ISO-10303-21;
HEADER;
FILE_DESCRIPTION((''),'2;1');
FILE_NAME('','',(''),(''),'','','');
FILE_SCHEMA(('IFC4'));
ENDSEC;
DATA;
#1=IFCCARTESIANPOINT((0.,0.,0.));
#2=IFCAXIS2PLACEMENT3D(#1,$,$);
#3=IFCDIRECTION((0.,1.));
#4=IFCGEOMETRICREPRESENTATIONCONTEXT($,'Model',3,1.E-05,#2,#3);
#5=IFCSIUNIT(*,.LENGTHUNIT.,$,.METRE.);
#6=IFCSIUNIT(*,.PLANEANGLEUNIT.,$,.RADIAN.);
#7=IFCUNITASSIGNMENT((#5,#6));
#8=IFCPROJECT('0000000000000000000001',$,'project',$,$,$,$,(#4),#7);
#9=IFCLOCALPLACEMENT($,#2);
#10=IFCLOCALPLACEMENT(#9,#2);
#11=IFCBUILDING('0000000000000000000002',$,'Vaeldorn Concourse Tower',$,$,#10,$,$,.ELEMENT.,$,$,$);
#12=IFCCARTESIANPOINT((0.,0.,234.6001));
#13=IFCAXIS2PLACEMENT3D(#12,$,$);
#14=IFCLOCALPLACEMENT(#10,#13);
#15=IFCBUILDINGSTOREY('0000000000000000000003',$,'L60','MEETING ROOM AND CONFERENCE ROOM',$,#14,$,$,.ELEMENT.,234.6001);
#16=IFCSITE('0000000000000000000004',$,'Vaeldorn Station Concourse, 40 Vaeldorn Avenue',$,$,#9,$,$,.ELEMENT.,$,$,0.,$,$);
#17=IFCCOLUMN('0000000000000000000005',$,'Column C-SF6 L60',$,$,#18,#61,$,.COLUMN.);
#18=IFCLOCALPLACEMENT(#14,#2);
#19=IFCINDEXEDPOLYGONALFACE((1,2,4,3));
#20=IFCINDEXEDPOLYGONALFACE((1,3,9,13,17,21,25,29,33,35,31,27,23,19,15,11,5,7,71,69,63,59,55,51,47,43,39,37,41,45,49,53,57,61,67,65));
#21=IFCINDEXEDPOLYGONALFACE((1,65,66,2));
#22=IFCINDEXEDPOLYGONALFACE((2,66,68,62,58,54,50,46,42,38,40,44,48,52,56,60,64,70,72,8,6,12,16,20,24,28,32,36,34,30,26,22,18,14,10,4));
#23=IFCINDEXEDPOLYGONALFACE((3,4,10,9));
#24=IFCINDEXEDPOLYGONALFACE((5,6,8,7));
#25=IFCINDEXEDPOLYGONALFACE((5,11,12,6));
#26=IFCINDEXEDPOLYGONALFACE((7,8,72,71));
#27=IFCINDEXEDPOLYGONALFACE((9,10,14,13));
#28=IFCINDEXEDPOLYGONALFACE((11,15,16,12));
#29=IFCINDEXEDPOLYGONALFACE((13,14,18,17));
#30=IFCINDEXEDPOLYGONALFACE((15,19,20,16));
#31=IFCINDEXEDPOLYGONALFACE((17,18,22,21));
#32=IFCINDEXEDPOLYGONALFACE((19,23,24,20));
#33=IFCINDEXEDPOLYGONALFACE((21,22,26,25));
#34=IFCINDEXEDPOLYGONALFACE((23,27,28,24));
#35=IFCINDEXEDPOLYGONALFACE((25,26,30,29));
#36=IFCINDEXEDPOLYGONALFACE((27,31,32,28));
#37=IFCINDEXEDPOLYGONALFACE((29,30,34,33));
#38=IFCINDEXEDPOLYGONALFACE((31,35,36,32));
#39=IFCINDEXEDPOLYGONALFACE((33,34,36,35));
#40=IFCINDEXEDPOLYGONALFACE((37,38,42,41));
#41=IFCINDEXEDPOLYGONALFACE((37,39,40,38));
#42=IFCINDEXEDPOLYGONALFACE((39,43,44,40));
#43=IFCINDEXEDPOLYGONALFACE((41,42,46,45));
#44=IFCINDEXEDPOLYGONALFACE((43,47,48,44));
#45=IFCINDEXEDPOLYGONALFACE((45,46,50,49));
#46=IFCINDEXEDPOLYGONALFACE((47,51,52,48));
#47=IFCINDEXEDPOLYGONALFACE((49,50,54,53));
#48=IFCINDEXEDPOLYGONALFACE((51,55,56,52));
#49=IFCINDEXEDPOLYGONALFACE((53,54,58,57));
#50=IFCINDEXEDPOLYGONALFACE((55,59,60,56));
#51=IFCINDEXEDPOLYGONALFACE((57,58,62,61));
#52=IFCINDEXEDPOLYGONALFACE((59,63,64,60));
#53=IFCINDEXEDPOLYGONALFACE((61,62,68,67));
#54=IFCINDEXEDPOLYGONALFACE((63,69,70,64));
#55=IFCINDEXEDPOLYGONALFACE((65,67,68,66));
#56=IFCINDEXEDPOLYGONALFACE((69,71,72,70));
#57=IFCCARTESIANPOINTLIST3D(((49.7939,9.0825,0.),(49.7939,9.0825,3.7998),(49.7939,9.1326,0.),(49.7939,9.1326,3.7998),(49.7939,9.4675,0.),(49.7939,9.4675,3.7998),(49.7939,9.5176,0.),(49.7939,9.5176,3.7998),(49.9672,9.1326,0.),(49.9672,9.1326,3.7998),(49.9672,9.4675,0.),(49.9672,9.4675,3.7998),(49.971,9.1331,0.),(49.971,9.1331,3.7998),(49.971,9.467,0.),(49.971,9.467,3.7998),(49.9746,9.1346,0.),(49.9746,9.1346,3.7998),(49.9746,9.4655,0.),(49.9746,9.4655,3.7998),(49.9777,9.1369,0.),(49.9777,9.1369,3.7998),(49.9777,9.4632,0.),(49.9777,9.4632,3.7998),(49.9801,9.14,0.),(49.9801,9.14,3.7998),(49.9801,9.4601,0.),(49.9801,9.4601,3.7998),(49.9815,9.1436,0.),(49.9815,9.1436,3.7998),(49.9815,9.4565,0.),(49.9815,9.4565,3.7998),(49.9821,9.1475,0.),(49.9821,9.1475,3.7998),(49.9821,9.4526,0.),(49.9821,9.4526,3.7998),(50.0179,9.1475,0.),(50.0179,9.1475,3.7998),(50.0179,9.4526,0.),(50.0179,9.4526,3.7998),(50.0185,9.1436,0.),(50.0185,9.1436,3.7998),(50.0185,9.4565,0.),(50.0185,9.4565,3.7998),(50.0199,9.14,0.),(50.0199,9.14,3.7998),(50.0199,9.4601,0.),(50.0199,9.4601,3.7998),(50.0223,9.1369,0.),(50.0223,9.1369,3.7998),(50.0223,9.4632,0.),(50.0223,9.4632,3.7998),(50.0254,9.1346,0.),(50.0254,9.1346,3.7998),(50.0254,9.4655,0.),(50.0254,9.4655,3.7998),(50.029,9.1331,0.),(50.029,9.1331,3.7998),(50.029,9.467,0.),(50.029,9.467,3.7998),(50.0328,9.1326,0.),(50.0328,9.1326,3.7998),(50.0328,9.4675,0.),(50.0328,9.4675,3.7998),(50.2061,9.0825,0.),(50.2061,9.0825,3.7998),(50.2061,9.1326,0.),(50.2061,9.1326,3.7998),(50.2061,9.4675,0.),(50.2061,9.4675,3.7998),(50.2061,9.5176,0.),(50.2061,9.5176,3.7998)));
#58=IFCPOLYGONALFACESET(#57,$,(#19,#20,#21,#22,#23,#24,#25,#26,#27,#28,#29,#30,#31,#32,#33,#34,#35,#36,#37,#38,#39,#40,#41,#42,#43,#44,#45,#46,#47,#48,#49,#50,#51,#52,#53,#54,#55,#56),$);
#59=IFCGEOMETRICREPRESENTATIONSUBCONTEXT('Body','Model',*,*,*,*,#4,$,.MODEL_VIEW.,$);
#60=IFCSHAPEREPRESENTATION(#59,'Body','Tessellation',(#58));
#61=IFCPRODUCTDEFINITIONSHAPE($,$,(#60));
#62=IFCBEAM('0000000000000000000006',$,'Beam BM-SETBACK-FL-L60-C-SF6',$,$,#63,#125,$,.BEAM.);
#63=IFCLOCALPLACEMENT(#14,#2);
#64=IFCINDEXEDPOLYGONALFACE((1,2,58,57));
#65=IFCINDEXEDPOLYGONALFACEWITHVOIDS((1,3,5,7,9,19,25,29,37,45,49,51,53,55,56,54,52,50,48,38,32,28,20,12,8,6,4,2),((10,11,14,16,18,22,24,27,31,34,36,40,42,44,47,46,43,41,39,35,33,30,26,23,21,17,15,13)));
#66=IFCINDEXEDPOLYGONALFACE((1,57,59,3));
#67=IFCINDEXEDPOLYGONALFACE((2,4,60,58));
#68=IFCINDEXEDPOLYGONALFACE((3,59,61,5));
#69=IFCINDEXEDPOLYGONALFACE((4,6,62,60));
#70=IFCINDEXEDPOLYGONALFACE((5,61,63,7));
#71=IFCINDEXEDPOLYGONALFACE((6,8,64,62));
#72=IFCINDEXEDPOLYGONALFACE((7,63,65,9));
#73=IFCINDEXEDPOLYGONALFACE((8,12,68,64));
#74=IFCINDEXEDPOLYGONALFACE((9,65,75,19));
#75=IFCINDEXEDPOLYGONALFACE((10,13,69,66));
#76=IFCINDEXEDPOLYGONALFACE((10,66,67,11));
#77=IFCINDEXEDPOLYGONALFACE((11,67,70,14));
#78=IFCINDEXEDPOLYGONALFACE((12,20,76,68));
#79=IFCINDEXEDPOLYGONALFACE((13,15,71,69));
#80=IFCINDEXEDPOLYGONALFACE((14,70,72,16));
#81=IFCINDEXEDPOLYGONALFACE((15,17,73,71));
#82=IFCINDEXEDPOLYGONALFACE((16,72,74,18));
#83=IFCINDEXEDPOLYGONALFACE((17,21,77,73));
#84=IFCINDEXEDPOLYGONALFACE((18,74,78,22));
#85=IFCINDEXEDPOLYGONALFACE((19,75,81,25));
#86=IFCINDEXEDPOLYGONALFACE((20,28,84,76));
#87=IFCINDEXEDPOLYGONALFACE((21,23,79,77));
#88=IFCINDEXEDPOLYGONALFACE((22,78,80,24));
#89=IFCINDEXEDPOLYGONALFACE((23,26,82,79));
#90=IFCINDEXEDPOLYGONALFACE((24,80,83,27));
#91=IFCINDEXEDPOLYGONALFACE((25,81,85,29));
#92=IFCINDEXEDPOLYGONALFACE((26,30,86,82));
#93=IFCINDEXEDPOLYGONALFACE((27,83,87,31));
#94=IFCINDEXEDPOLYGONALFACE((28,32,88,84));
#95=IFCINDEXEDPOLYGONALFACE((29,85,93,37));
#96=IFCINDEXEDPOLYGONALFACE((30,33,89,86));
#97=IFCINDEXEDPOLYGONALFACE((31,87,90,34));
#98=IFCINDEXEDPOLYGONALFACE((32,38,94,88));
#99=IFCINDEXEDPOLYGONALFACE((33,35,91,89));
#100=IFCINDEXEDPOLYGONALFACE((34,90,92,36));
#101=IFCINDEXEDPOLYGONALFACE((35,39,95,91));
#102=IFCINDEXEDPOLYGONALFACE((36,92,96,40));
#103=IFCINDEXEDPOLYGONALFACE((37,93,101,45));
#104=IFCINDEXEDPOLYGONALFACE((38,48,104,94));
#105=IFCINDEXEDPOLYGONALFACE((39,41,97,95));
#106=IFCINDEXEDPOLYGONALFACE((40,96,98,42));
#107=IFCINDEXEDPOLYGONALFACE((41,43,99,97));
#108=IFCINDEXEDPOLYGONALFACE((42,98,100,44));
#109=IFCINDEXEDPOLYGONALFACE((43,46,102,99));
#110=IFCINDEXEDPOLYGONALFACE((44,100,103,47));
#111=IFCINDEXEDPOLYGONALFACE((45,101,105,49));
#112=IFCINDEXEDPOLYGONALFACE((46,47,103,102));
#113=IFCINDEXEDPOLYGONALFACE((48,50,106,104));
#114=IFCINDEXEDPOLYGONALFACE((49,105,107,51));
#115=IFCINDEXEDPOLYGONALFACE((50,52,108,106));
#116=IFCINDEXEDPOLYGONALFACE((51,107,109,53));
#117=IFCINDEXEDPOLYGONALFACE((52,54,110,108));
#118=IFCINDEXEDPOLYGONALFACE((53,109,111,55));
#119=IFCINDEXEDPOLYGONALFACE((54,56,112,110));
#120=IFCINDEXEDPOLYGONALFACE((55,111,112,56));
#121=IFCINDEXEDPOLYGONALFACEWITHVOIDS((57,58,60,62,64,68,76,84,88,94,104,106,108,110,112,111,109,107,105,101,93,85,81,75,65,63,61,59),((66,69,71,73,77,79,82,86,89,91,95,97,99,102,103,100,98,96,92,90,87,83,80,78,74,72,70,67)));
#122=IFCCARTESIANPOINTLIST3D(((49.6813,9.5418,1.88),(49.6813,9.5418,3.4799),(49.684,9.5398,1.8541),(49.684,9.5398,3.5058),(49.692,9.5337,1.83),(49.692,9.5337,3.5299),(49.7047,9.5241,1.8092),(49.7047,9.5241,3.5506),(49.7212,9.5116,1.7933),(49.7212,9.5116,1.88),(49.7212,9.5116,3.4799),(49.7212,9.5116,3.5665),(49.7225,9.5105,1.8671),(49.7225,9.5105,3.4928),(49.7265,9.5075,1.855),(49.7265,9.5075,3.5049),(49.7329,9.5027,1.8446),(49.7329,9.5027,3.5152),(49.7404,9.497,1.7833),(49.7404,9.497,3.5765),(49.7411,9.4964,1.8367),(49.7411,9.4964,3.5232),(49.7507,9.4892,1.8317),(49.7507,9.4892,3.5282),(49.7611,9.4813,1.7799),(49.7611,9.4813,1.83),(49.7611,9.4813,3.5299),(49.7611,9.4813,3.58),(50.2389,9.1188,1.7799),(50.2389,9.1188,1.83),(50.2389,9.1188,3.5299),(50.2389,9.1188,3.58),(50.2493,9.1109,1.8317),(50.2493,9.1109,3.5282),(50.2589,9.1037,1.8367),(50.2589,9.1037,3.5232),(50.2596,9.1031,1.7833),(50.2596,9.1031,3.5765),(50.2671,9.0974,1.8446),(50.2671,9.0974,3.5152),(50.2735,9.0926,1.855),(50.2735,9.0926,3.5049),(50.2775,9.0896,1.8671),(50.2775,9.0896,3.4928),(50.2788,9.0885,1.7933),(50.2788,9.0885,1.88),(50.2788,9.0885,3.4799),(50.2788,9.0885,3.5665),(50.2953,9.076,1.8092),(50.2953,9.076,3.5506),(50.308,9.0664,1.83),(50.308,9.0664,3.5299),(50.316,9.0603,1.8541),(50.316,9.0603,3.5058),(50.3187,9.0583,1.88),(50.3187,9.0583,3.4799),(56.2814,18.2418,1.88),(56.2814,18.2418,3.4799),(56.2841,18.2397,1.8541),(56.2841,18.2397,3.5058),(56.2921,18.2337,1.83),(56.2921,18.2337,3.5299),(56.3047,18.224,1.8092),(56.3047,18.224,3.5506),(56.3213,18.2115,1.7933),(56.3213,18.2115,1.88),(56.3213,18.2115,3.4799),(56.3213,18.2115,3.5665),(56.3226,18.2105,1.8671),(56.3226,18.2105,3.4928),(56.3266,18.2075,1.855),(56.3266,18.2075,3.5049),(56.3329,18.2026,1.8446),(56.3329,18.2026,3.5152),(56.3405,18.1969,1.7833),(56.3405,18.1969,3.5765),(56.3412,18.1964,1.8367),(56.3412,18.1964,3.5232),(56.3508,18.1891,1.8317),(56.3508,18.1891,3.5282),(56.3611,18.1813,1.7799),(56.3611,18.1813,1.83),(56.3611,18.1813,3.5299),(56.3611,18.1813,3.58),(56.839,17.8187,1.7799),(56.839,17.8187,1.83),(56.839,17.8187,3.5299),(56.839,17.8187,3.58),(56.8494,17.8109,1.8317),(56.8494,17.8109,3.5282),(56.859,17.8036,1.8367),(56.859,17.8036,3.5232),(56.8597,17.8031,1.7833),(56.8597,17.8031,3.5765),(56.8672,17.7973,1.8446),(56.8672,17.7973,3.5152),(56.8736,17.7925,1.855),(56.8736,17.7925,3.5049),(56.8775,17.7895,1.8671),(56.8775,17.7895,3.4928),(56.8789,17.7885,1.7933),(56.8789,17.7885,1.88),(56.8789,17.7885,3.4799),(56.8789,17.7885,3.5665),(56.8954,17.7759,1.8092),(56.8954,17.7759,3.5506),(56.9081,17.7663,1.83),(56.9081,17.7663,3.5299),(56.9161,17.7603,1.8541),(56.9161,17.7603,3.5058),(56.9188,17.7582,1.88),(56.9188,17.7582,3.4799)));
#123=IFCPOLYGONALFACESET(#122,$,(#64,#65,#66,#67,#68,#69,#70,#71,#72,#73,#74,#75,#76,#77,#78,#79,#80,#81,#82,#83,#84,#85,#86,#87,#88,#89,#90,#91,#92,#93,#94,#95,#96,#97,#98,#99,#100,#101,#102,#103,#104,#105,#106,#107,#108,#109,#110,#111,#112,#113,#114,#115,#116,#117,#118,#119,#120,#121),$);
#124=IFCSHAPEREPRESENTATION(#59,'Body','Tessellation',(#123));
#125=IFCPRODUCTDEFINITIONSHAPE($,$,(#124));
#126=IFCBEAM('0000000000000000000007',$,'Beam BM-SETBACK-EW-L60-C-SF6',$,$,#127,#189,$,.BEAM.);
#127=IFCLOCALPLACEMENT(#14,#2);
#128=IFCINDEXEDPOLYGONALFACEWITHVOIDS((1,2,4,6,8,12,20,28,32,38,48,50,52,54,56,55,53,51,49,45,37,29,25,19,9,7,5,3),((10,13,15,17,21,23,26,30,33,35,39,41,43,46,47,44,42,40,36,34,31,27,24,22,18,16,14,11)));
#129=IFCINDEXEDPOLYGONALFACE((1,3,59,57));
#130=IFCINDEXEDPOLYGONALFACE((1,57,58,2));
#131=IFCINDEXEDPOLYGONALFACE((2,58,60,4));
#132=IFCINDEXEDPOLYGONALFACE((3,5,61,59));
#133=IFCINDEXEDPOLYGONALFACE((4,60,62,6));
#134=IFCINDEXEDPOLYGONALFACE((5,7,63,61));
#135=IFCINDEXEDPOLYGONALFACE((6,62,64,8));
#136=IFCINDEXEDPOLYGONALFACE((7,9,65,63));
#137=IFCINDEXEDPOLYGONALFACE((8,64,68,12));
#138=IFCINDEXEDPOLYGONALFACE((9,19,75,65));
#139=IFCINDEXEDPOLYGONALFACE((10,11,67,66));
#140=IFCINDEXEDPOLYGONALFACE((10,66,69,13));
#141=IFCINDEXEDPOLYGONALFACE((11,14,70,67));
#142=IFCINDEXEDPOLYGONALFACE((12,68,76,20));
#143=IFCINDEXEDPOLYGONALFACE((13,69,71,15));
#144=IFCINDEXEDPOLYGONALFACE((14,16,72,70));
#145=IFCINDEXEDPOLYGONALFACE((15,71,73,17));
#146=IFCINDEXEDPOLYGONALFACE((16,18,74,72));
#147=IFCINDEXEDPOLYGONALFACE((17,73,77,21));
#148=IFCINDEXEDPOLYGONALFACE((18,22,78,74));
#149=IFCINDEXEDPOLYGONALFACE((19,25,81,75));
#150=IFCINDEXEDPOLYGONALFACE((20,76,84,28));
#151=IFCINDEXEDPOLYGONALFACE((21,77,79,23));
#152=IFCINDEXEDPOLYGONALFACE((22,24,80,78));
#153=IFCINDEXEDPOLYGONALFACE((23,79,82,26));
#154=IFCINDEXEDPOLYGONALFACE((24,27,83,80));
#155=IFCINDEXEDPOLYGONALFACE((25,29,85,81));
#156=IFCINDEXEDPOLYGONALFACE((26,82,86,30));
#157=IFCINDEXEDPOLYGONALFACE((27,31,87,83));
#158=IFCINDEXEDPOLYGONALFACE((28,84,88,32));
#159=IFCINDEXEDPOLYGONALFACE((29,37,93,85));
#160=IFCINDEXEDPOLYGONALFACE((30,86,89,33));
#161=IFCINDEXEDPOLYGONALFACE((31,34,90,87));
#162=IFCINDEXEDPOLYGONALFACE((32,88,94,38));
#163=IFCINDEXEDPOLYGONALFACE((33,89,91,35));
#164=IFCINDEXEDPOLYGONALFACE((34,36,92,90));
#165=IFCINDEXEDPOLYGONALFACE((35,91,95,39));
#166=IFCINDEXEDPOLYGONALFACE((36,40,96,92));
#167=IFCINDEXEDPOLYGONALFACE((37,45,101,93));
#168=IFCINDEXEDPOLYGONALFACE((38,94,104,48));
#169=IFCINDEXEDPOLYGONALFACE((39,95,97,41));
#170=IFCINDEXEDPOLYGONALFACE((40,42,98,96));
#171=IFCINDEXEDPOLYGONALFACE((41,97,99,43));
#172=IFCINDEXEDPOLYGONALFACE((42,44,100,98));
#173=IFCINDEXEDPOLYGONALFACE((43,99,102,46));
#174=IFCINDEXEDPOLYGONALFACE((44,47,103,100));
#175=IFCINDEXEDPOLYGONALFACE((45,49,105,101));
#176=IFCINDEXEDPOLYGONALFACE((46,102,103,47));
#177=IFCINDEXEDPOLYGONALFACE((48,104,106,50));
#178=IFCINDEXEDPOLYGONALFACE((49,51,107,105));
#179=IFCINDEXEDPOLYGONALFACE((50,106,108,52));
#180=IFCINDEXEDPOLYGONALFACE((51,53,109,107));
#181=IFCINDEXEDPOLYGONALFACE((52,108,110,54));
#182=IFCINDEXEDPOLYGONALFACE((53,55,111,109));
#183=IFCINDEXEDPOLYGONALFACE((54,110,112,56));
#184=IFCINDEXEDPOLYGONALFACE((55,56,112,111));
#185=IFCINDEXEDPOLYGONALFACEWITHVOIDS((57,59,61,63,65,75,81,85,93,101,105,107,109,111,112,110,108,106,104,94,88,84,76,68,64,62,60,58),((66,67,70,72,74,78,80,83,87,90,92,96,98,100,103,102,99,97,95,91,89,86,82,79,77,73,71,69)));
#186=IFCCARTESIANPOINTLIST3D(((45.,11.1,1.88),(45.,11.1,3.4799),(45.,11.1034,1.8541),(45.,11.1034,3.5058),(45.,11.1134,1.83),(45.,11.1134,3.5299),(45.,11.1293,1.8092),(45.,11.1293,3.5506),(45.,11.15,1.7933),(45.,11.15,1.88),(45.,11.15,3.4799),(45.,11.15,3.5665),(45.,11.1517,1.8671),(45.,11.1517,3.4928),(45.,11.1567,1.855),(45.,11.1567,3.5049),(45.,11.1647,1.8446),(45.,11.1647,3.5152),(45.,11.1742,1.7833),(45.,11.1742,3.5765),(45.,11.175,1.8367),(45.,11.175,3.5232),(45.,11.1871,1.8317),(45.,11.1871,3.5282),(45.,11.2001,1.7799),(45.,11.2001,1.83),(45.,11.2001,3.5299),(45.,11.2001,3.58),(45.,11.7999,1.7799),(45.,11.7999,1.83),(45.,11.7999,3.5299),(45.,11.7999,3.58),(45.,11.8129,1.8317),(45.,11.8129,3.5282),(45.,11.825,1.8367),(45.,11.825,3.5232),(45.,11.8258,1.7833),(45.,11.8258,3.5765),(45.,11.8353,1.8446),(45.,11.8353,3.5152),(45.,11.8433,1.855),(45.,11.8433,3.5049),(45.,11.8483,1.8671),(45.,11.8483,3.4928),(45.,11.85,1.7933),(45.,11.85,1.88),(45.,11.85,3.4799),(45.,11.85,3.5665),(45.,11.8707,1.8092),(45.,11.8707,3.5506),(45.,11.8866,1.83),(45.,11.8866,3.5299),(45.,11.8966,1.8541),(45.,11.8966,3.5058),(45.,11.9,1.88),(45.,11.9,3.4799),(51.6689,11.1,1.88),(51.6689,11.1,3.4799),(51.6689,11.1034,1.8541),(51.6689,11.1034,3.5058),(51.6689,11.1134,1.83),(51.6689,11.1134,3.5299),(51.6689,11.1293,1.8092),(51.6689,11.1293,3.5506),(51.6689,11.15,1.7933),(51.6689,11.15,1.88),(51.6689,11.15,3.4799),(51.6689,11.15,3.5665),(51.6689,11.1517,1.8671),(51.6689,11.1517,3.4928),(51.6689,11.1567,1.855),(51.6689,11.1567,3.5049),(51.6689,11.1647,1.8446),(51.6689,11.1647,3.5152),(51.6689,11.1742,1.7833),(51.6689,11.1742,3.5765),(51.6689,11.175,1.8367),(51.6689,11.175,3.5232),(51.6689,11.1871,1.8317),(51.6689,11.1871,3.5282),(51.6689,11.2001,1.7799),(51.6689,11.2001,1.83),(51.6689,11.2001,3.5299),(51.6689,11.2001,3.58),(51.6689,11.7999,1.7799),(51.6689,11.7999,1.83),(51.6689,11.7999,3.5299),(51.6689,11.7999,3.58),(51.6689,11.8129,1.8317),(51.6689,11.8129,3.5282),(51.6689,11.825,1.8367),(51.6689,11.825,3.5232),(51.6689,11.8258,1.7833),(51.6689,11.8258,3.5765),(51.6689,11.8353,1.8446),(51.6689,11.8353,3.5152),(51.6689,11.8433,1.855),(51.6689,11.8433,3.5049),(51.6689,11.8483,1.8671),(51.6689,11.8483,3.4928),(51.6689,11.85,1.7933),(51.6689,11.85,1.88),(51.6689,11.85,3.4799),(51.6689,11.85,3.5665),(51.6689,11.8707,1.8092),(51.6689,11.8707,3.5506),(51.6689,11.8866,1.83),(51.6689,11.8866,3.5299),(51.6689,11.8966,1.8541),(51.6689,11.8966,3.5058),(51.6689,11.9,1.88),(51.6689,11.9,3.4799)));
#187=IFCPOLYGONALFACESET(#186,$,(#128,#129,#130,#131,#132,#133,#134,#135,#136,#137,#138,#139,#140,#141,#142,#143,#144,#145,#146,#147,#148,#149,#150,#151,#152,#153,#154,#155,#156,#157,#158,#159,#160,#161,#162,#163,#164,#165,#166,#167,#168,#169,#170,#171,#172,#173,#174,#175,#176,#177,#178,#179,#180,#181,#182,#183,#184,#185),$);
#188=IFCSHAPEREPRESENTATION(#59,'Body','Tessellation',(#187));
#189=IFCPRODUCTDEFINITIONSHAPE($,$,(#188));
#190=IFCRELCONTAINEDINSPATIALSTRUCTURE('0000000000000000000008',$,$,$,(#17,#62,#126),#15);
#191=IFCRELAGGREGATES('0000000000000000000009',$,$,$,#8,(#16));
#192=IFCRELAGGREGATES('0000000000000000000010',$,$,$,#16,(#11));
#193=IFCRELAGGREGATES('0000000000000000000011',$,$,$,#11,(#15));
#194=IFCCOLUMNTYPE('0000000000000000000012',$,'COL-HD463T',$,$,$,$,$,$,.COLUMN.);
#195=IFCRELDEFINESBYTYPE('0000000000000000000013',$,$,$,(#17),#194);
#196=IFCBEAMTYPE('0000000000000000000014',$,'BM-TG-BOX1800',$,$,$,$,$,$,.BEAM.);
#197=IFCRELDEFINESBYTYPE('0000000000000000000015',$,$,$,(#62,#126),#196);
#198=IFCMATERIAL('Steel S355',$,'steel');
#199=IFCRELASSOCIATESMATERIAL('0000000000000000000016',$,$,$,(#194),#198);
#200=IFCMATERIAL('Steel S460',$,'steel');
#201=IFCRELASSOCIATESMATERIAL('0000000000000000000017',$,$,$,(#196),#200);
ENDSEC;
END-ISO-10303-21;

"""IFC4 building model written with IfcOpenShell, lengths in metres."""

from ifc_helpers import new_model, si_unit, direction, frame, origin, origin_2d, place, context, subcontext, project, spatial, hollow_rectangle, i_section, extrude, source, transform, mapped, material, material_profile, profile_set, type_object, element, save


model = new_model("IFC4")

# Units and contexts
model_context = context("Model", 3, precision=1e-05, world=origin(), true_north=direction((0.0, 1.0)))
body_context = subcontext(model_context, "Body", "Model", "MODEL_VIEW")
ifc_project = project(units=[si_unit("LENGTHUNIT", "METRE"), si_unit("PLANEANGLEUNIT", "RADIAN")], contexts=[model_context])

# Site, building, storey
site_placement = place(None, origin())
site = spatial("IfcSite", under=ifc_project, at=site_placement, Name="Vaeldorn Station Concourse, 40 Vaeldorn Avenue", CompositionType="ELEMENT", RefElevation=0.0)
building_placement = place(site_placement, origin())
building = spatial("IfcBuilding", under=site, at=building_placement, Name="Vaeldorn Concourse Tower", CompositionType="ELEMENT")
storey_placement = place(building_placement, frame((0.0, 0.0, 234.6001)))
storey = spatial("IfcBuildingStorey", under=building, at=storey_placement, Name="L60", Description="MEETING ROOM AND CONFERENCE ROOM", CompositionType="ELEMENT", Elevation=234.6001)

# Column
ifc_material_1 = material(Name="Steel S355", Category="steel")
ifc_material_profile_1 = material_profile(ifc_material_1, i_section(OverallWidth=0.4121, OverallDepth=0.4351, WebThickness=0.0359, FlangeThickness=0.05, FilletRadius=0.0149, at=origin_2d()), Name="HD 400x463")
ifc_profile_set_1 = profile_set([ifc_material_profile_1], Name="Steel S355")
column_type = type_object("IfcColumnType", Name="COL-HD463T", PredefinedType="COLUMN", material=ifc_profile_set_1)
shared_shape_1 = source(origin(), body_context, "Body", "SweptSolid", [
    extrude(i_section(OverallWidth=0.4121, OverallDepth=0.4351, WebThickness=0.0359, FlangeThickness=0.05, FilletRadius=0.0149, at=origin_2d()), origin(), (0.0, 0.0, 1.0), 3.7998),
])
column_placement = place(storey_placement, frame((50.0, 9.3, 0.0), z_axis=(0.0, 0.0, 1.0), x_axis=(1.0, 0.0, 0.0)))
element("IfcColumn", 1, at=column_placement, inside=storey, type_object=column_type, Name="Column C-SF6 L60", PredefinedType="COLUMN", context=body_context, shape_type="MappedRepresentation", body=[
    mapped(shared_shape_1, transform((0.0, 0.0, 0.0), scale=1.0)),
])

# Beams
ifc_material_2 = material(Name="Steel S460", Category="steel")
ifc_material_profile_2 = material_profile(ifc_material_2, hollow_rectangle(XDim=0.8, YDim=1.8, WallThickness=0.05, InnerFilletRadius=0.05, OuterFilletRadius=0.1001, at=origin_2d()), Name="RHS 1800x800x50")
ifc_profile_set_2 = profile_set([ifc_material_profile_2], Name="Steel S460")
beam_type = type_object("IfcBeamType", Name="BM-TG-BOX1800", PredefinedType="BEAM", material=ifc_profile_set_2)
shared_shape_2 = source(origin(), body_context, "Body", "SweptSolid", [
    extrude(hollow_rectangle(XDim=0.8, YDim=1.8, WallThickness=0.05, InnerFilletRadius=0.05, OuterFilletRadius=0.1001, at=origin_2d()), origin(), (0.0, 0.0, 1.0), 10.9202),
])
beam_1_placement = place(storey_placement, frame((50.0, 9.3, 2.6799), z_axis=(0.604394, 0.796685, 0.0), x_axis=(-0.796685, 0.604394, 0.0)))
element("IfcBeam", 2, at=beam_1_placement, inside=storey, type_object=beam_type, Name="Beam BM-SETBACK-FL-L60-C-SF6", PredefinedType="BEAM", context=body_context, shape_type="MappedRepresentation", body=[
    mapped(shared_shape_2, transform((0.0, 0.0, 0.0), scale=1.0)),
])
shared_shape_3 = source(origin(), body_context, "Body", "SweptSolid", [
    extrude(hollow_rectangle(XDim=0.8, YDim=1.8, WallThickness=0.05, InnerFilletRadius=0.05, OuterFilletRadius=0.1001, at=origin_2d()), origin(), (0.0, 0.0, 1.0), 6.6689),
])
beam_2_placement = place(storey_placement, frame((51.6689, 11.5, 2.6799), z_axis=(-1.0, 0.0, 0.0), x_axis=(0.0, -1.0, 0.0)))
element("IfcBeam", 3, at=beam_2_placement, inside=storey, type_object=beam_type, Name="Beam BM-SETBACK-EW-L60-C-SF6", PredefinedType="BEAM", context=body_context, shape_type="MappedRepresentation", body=[
    mapped(shared_shape_3, transform((0.0, 0.0, 0.0), scale=1.0)),
])

save(model, "model.ifc")
